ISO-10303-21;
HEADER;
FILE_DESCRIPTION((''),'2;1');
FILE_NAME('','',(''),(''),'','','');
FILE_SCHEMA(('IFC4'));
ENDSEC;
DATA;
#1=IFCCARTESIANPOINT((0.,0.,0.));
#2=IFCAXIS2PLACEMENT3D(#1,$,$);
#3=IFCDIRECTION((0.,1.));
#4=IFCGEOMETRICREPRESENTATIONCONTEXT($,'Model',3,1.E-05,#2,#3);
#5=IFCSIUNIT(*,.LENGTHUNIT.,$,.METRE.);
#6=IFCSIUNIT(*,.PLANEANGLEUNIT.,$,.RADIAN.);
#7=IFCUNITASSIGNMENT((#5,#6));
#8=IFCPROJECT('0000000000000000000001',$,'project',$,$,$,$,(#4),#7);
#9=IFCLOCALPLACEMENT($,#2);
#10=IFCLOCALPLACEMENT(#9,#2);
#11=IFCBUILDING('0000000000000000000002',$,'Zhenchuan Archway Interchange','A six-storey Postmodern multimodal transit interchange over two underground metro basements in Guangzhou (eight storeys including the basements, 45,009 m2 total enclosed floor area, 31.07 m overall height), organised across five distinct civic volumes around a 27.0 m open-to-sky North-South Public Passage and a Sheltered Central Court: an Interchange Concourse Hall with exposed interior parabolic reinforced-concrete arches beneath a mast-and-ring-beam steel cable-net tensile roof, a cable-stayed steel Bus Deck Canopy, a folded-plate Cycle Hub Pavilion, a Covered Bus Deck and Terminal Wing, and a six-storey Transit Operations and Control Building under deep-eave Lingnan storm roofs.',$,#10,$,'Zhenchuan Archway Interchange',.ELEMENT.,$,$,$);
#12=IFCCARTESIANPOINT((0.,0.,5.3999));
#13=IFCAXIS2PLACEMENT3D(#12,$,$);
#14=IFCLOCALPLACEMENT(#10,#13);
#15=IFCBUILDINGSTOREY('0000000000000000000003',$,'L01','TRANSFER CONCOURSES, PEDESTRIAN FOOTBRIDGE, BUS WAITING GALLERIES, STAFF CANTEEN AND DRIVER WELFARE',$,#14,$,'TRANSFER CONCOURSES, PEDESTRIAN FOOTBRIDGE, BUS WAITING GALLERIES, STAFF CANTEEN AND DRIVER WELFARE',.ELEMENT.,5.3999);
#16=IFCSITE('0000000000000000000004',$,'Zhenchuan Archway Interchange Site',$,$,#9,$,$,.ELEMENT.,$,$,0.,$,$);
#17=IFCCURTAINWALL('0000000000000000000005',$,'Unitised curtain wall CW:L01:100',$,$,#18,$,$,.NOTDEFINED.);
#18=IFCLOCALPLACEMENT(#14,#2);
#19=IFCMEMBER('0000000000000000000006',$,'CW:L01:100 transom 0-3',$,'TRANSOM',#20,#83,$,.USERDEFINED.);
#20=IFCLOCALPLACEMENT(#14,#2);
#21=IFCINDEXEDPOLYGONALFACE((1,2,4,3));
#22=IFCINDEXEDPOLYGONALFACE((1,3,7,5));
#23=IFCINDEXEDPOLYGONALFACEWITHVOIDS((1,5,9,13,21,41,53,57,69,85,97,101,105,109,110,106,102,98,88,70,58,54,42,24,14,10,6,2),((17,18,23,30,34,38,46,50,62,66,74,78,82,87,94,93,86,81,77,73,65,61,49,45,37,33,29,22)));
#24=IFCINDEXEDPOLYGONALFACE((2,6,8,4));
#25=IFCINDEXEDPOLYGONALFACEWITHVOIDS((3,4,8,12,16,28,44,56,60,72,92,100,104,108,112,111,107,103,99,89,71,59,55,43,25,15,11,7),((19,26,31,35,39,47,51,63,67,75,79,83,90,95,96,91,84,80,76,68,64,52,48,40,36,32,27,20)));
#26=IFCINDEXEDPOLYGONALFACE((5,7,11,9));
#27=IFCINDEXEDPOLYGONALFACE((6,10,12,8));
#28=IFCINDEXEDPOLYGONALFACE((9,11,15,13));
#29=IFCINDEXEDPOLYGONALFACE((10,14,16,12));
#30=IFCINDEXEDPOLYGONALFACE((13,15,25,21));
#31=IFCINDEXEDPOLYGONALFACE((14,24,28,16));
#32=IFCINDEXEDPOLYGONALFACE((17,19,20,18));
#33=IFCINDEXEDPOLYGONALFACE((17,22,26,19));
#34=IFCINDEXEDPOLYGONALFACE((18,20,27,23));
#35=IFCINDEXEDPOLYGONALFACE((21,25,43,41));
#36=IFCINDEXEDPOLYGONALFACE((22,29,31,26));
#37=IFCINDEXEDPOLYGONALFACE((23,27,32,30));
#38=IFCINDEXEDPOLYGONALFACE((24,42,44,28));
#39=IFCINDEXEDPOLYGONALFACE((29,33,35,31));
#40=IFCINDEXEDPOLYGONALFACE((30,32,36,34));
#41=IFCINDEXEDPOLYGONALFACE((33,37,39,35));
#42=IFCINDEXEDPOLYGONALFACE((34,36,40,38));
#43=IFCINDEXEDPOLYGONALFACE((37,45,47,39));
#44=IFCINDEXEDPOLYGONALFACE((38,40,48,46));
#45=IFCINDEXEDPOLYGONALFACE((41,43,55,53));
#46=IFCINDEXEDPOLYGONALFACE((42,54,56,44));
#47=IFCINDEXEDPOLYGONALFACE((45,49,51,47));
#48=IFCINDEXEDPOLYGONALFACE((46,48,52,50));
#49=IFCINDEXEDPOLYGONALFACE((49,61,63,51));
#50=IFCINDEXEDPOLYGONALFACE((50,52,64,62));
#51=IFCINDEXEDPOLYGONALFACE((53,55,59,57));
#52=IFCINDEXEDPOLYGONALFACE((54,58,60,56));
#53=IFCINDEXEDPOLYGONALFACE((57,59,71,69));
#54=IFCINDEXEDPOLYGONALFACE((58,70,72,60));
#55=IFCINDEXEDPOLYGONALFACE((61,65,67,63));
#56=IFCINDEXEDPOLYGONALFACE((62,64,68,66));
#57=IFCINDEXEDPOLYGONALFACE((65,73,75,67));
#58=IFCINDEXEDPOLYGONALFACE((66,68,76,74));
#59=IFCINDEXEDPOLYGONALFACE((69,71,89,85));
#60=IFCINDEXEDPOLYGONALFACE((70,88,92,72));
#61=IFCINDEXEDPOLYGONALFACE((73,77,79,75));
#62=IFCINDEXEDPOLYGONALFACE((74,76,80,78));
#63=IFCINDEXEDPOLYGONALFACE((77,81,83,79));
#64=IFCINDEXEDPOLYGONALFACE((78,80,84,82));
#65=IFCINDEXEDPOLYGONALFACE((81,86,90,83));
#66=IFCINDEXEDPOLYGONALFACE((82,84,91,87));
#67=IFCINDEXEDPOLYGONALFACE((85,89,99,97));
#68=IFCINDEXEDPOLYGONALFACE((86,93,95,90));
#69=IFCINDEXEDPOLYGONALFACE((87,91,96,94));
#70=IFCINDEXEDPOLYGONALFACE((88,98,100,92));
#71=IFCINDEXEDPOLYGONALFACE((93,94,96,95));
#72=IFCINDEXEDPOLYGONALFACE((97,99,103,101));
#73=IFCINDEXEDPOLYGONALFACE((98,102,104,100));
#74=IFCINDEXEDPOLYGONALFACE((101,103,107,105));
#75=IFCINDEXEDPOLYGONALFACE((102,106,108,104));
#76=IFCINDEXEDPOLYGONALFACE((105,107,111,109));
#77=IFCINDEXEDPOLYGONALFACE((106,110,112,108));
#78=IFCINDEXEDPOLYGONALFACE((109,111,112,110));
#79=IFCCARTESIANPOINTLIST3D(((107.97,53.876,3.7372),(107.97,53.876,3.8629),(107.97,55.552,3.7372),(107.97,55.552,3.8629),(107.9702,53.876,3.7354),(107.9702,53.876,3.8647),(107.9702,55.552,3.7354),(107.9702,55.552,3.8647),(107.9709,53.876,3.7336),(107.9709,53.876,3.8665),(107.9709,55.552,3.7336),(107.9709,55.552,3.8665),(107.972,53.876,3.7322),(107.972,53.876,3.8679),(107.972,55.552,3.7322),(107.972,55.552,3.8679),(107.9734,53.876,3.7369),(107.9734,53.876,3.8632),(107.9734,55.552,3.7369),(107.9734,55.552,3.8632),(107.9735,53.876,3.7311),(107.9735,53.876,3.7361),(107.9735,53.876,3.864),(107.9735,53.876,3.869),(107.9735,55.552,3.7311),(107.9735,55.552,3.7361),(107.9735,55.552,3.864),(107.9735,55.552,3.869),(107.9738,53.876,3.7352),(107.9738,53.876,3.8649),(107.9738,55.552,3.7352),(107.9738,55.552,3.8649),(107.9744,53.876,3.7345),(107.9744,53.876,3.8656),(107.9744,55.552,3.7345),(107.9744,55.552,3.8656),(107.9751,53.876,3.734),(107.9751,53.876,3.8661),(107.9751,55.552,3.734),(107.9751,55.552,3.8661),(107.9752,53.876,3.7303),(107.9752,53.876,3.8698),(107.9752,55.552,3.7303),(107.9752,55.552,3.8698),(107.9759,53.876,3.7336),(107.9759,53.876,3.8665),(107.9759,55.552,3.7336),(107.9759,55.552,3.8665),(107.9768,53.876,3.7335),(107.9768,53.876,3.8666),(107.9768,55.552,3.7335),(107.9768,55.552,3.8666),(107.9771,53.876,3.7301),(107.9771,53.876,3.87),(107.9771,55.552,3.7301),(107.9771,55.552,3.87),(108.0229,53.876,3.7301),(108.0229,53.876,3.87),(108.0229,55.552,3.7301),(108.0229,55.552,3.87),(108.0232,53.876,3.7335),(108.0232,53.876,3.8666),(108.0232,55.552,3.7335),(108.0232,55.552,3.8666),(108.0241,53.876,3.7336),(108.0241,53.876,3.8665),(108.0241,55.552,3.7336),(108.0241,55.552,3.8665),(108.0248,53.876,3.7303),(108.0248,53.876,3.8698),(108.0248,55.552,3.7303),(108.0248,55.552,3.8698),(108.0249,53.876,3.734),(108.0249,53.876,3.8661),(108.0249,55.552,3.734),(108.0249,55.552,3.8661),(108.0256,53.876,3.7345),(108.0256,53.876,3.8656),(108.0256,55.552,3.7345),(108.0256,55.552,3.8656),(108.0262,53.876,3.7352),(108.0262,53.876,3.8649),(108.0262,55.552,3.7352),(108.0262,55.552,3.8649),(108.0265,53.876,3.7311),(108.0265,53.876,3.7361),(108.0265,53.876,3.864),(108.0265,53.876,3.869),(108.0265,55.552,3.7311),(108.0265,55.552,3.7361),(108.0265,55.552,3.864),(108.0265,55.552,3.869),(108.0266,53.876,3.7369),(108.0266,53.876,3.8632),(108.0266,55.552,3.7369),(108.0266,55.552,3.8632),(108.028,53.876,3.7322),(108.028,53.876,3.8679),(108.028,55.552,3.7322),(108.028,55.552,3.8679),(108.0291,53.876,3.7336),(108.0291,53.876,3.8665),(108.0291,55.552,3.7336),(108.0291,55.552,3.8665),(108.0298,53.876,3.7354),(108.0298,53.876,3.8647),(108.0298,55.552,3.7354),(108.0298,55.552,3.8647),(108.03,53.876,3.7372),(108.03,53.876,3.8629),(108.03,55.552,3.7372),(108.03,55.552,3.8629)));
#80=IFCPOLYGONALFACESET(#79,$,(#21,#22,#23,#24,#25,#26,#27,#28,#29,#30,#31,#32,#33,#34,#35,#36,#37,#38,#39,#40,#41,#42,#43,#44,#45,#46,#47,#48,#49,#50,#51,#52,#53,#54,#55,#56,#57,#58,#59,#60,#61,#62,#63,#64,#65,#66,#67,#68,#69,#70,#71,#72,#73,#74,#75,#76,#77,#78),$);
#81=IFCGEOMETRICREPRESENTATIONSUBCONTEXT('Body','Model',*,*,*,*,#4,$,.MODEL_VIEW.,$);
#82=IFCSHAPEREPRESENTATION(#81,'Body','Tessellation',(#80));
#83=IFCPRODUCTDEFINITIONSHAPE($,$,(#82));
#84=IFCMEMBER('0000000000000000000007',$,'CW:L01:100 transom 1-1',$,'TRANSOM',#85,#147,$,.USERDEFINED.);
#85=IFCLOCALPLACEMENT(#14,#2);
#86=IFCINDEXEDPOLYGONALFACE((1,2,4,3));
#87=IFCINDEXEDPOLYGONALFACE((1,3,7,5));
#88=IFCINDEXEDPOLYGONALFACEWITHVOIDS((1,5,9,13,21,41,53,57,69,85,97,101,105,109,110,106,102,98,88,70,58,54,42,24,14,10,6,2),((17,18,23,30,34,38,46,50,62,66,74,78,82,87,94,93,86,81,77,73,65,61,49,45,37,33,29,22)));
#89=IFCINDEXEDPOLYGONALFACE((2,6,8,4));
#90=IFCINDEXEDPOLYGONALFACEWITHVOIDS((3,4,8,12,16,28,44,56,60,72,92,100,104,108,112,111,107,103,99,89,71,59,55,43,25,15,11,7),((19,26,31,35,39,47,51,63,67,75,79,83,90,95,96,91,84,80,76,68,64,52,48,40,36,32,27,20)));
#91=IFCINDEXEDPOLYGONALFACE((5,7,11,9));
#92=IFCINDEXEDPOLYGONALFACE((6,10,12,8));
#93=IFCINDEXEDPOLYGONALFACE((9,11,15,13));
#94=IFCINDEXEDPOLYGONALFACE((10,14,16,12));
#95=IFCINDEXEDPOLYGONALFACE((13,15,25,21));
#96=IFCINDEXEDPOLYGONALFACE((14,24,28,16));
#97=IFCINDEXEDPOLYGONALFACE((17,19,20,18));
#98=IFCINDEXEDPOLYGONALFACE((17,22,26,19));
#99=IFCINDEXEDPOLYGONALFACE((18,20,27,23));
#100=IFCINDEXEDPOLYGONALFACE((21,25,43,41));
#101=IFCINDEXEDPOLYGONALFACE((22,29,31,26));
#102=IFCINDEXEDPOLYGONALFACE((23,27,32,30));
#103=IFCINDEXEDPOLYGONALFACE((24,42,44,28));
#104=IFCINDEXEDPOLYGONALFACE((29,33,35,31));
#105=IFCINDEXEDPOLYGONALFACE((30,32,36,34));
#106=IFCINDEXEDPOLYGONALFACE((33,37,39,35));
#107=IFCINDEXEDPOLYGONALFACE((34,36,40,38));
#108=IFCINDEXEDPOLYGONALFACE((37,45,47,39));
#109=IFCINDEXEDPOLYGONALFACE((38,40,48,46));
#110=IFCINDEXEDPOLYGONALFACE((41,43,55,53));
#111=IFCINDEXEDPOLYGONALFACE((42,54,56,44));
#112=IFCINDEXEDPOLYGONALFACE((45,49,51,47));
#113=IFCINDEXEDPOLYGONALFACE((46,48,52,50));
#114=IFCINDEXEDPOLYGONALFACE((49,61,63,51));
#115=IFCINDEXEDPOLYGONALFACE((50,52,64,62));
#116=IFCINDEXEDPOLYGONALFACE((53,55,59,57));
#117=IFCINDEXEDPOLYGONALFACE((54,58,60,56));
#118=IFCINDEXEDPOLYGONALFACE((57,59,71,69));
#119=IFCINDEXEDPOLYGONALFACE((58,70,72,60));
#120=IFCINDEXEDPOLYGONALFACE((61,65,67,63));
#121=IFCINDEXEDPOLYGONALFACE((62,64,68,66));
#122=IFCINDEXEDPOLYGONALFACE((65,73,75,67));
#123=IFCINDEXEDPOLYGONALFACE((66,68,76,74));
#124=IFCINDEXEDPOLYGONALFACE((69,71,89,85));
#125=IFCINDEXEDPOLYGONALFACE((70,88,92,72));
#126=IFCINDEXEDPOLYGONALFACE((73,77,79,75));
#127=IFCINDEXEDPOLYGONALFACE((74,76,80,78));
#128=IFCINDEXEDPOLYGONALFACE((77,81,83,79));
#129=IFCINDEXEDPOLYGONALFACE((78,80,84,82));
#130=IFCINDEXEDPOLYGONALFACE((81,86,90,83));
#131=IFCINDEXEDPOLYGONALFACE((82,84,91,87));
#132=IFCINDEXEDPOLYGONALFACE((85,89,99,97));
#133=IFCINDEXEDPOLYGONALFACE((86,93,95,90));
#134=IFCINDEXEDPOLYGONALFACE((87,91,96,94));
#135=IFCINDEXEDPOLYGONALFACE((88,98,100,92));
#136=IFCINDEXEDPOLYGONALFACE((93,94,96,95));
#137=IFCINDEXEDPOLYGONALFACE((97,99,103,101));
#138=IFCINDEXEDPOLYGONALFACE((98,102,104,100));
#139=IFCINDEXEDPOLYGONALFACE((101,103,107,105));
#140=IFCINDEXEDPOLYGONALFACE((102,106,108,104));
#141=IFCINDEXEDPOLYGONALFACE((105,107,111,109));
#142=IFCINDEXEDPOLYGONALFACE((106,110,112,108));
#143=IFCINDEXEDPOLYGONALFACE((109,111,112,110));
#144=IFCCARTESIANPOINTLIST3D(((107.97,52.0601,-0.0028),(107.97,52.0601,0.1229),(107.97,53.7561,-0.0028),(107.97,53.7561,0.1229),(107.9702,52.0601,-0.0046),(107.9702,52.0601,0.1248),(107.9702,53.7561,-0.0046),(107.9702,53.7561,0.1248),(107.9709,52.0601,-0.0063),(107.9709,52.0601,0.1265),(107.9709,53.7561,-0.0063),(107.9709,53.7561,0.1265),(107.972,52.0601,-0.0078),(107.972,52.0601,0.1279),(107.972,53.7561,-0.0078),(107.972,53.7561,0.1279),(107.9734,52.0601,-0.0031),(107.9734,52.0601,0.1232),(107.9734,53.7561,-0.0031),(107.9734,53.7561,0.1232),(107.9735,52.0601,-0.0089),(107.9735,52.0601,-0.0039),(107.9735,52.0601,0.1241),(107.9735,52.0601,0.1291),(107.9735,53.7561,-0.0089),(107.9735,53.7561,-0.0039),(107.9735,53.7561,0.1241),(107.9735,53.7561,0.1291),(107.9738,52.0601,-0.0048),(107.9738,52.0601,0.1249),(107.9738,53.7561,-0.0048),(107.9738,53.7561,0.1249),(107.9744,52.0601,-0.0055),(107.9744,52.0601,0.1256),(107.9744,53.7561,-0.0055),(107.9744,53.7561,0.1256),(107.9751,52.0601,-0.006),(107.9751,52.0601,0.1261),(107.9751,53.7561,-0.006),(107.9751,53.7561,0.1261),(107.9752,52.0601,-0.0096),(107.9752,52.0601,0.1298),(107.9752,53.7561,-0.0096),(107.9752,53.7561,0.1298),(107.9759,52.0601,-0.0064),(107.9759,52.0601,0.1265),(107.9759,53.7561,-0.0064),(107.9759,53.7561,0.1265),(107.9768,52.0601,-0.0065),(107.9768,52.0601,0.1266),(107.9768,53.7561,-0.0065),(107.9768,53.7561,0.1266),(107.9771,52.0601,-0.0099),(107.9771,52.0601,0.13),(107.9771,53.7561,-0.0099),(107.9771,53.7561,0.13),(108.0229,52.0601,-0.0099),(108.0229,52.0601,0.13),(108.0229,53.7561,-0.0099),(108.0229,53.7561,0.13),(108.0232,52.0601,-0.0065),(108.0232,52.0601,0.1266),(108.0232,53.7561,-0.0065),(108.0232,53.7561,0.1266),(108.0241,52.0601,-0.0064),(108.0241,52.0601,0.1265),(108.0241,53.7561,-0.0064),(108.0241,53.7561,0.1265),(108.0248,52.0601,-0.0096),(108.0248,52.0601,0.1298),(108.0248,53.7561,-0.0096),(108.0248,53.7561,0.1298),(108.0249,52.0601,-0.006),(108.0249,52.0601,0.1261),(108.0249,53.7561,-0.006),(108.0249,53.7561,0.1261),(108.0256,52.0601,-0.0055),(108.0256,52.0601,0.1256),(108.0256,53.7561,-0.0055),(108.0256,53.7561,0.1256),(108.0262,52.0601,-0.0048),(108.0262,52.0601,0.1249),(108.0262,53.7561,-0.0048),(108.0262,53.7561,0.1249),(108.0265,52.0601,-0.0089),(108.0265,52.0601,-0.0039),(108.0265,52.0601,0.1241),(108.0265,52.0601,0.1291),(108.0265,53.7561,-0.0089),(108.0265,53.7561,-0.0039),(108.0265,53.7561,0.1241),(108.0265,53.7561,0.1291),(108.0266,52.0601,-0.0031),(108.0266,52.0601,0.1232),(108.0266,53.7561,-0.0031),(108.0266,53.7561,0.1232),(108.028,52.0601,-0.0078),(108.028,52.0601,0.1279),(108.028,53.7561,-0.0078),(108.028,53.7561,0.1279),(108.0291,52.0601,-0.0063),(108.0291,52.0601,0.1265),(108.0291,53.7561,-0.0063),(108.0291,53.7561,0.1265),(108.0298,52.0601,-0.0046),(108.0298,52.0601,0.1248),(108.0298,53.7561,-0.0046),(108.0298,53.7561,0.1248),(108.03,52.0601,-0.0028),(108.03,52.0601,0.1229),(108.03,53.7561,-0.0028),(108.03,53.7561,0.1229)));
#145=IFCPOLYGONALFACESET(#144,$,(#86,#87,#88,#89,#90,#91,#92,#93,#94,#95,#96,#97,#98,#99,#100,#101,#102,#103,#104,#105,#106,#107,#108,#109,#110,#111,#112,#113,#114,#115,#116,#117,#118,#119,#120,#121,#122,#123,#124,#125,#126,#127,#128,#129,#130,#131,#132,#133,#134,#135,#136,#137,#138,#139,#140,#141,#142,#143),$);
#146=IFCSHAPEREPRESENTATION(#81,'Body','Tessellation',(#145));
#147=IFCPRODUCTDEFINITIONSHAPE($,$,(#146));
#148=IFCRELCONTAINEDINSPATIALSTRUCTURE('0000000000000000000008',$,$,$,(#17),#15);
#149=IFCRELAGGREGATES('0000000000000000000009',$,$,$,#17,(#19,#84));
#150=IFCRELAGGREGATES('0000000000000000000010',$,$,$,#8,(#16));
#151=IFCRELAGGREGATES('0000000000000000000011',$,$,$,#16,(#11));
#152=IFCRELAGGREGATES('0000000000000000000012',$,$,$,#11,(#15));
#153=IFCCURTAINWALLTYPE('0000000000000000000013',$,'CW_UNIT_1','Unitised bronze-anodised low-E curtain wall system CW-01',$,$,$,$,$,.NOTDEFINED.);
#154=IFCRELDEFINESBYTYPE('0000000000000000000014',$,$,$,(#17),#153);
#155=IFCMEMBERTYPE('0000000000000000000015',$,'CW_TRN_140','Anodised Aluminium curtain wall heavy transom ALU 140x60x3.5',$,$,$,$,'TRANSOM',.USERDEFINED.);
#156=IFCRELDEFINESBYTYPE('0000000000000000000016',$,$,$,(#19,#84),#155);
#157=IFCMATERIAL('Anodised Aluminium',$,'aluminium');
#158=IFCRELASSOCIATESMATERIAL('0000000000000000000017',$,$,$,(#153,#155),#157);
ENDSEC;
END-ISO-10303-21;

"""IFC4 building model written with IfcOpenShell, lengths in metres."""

from ifc_helpers import new_model, si_unit, direction, frame, origin, origin_2d, place, context, subcontext, project, spatial, hollow_rectangle, extrude, material, material_profile, profile_set, type_object, element, aggregate, save


model = new_model("IFC4")

# Units and contexts
model_context = context("Model", 3, precision=1e-05, world=origin(), true_north=direction((0.0, 1.0)))
body_context = subcontext(model_context, "Body", "Model", "MODEL_VIEW")
ifc_project = project(units=[si_unit("LENGTHUNIT", "METRE"), si_unit("PLANEANGLEUNIT", "RADIAN")], contexts=[model_context])

# Site, building, storey
site_placement = place(None, origin())
site = spatial("IfcSite", under=ifc_project, at=site_placement, Name="Zhenchuan Archway Interchange Site", CompositionType="ELEMENT", RefElevation=0.0)
building_placement = place(site_placement, origin())
building = spatial("IfcBuilding", under=site, at=building_placement, Name="Zhenchuan Archway Interchange", Description="A six-storey Postmodern multimodal transit interchange over two underground metro basements in Guangzhou (eight storeys including the basements, 45,009 m2 total enclosed floor area, 31.07 m overall height), organised across five distinct civic volumes around a 27.0 m open-to-sky North-South Public Passage and a Sheltered Central Court: an Interchange Concourse Hall with exposed interior parabolic reinforced-concrete arches beneath a mast-and-ring-beam steel cable-net tensile roof, a cable-stayed steel Bus Deck Canopy, a folded-plate Cycle Hub Pavilion, a Covered Bus Deck and Terminal Wing, and a six-storey Transit Operations and Control Building under deep-eave Lingnan storm roofs.", LongName="Zhenchuan Archway Interchange", CompositionType="ELEMENT")
storey_placement = place(building_placement, frame((0.0, 0.0, 5.3999)))
storey = spatial("IfcBuildingStorey", under=building, at=storey_placement, Name="L01", Description="TRANSFER CONCOURSES, PEDESTRIAN FOOTBRIDGE, BUS WAITING GALLERIES, STAFF CANTEEN AND DRIVER WELFARE", LongName="TRANSFER CONCOURSES, PEDESTRIAN FOOTBRIDGE, BUS WAITING GALLERIES, STAFF CANTEEN AND DRIVER WELFARE", CompositionType="ELEMENT", Elevation=5.3999)

# Shared definitions
ifc_material_1 = material(Name="Anodised Aluminium", Category="aluminium")

# Curtain wall, members
curtain_wall_type_1 = type_object("IfcCurtainWallType", Name="CW_UNIT_1", Description="Unitised bronze-anodised low-E curtain wall system CW-01", PredefinedType="NOTDEFINED", material=ifc_material_1)
curtain_wall_1_placement = place(storey_placement, origin())
curtain_wall_1 = element("IfcCurtainWall", 1, at=curtain_wall_1_placement, inside=storey, type_object=curtain_wall_type_1, Name="Unitised curtain wall CW:L01:100", PredefinedType="NOTDEFINED")
ifc_material_profile_1 = material_profile(ifc_material_1, hollow_rectangle(XDim=0.0601, YDim=0.1399, WallThickness=0.0034, InnerFilletRadius=0.0034, OuterFilletRadius=0.0071, at=origin_2d()), Name="ALU 140x60x3.5")
ifc_profile_set_1 = profile_set([ifc_material_profile_1], Name="Anodised Aluminium")
member_type_1 = type_object("IfcMemberType", Name="CW_TRN_140", Description="Anodised Aluminium curtain wall heavy transom ALU 140x60x3.5", ElementType="TRANSOM", PredefinedType="USERDEFINED", material=ifc_profile_set_1)
member_1_placement = place(storey_placement, frame((108.0, 55.552, 3.8), z_axis=(0.0, -1.0, 0.0), x_axis=(1.0, 0.0, 0.0)))
member_1 = element("IfcMember", 2, at=member_1_placement, type_object=member_type_1, Name="CW:L01:100 transom 0-3", ObjectType="TRANSOM", PredefinedType="USERDEFINED", context=body_context, shape_type="SweptSolid", body=[
    extrude(hollow_rectangle(XDim=0.0601, YDim=0.1399, WallThickness=0.0034, InnerFilletRadius=0.0034, OuterFilletRadius=0.0071, at=origin_2d()), origin(), (0.0, 0.0, 1.0), 1.676),
])
member_2_placement = place(storey_placement, frame((108.0, 53.7561, 0.0601), z_axis=(0.0, -1.0, 0.0), x_axis=(1.0, 0.0, 0.0)))
member_2 = element("IfcMember", 3, at=member_2_placement, type_object=member_type_1, Name="CW:L01:100 transom 1-1", ObjectType="TRANSOM", PredefinedType="USERDEFINED", context=body_context, shape_type="SweptSolid", body=[
    extrude(hollow_rectangle(XDim=0.0601, YDim=0.1399, WallThickness=0.0034, InnerFilletRadius=0.0034, OuterFilletRadius=0.0071, at=origin_2d()), origin(), (0.0, 0.0, 1.0), 1.696),
])

aggregate(curtain_wall_1, [member_1, member_2])

save(model, "model.ifc")
